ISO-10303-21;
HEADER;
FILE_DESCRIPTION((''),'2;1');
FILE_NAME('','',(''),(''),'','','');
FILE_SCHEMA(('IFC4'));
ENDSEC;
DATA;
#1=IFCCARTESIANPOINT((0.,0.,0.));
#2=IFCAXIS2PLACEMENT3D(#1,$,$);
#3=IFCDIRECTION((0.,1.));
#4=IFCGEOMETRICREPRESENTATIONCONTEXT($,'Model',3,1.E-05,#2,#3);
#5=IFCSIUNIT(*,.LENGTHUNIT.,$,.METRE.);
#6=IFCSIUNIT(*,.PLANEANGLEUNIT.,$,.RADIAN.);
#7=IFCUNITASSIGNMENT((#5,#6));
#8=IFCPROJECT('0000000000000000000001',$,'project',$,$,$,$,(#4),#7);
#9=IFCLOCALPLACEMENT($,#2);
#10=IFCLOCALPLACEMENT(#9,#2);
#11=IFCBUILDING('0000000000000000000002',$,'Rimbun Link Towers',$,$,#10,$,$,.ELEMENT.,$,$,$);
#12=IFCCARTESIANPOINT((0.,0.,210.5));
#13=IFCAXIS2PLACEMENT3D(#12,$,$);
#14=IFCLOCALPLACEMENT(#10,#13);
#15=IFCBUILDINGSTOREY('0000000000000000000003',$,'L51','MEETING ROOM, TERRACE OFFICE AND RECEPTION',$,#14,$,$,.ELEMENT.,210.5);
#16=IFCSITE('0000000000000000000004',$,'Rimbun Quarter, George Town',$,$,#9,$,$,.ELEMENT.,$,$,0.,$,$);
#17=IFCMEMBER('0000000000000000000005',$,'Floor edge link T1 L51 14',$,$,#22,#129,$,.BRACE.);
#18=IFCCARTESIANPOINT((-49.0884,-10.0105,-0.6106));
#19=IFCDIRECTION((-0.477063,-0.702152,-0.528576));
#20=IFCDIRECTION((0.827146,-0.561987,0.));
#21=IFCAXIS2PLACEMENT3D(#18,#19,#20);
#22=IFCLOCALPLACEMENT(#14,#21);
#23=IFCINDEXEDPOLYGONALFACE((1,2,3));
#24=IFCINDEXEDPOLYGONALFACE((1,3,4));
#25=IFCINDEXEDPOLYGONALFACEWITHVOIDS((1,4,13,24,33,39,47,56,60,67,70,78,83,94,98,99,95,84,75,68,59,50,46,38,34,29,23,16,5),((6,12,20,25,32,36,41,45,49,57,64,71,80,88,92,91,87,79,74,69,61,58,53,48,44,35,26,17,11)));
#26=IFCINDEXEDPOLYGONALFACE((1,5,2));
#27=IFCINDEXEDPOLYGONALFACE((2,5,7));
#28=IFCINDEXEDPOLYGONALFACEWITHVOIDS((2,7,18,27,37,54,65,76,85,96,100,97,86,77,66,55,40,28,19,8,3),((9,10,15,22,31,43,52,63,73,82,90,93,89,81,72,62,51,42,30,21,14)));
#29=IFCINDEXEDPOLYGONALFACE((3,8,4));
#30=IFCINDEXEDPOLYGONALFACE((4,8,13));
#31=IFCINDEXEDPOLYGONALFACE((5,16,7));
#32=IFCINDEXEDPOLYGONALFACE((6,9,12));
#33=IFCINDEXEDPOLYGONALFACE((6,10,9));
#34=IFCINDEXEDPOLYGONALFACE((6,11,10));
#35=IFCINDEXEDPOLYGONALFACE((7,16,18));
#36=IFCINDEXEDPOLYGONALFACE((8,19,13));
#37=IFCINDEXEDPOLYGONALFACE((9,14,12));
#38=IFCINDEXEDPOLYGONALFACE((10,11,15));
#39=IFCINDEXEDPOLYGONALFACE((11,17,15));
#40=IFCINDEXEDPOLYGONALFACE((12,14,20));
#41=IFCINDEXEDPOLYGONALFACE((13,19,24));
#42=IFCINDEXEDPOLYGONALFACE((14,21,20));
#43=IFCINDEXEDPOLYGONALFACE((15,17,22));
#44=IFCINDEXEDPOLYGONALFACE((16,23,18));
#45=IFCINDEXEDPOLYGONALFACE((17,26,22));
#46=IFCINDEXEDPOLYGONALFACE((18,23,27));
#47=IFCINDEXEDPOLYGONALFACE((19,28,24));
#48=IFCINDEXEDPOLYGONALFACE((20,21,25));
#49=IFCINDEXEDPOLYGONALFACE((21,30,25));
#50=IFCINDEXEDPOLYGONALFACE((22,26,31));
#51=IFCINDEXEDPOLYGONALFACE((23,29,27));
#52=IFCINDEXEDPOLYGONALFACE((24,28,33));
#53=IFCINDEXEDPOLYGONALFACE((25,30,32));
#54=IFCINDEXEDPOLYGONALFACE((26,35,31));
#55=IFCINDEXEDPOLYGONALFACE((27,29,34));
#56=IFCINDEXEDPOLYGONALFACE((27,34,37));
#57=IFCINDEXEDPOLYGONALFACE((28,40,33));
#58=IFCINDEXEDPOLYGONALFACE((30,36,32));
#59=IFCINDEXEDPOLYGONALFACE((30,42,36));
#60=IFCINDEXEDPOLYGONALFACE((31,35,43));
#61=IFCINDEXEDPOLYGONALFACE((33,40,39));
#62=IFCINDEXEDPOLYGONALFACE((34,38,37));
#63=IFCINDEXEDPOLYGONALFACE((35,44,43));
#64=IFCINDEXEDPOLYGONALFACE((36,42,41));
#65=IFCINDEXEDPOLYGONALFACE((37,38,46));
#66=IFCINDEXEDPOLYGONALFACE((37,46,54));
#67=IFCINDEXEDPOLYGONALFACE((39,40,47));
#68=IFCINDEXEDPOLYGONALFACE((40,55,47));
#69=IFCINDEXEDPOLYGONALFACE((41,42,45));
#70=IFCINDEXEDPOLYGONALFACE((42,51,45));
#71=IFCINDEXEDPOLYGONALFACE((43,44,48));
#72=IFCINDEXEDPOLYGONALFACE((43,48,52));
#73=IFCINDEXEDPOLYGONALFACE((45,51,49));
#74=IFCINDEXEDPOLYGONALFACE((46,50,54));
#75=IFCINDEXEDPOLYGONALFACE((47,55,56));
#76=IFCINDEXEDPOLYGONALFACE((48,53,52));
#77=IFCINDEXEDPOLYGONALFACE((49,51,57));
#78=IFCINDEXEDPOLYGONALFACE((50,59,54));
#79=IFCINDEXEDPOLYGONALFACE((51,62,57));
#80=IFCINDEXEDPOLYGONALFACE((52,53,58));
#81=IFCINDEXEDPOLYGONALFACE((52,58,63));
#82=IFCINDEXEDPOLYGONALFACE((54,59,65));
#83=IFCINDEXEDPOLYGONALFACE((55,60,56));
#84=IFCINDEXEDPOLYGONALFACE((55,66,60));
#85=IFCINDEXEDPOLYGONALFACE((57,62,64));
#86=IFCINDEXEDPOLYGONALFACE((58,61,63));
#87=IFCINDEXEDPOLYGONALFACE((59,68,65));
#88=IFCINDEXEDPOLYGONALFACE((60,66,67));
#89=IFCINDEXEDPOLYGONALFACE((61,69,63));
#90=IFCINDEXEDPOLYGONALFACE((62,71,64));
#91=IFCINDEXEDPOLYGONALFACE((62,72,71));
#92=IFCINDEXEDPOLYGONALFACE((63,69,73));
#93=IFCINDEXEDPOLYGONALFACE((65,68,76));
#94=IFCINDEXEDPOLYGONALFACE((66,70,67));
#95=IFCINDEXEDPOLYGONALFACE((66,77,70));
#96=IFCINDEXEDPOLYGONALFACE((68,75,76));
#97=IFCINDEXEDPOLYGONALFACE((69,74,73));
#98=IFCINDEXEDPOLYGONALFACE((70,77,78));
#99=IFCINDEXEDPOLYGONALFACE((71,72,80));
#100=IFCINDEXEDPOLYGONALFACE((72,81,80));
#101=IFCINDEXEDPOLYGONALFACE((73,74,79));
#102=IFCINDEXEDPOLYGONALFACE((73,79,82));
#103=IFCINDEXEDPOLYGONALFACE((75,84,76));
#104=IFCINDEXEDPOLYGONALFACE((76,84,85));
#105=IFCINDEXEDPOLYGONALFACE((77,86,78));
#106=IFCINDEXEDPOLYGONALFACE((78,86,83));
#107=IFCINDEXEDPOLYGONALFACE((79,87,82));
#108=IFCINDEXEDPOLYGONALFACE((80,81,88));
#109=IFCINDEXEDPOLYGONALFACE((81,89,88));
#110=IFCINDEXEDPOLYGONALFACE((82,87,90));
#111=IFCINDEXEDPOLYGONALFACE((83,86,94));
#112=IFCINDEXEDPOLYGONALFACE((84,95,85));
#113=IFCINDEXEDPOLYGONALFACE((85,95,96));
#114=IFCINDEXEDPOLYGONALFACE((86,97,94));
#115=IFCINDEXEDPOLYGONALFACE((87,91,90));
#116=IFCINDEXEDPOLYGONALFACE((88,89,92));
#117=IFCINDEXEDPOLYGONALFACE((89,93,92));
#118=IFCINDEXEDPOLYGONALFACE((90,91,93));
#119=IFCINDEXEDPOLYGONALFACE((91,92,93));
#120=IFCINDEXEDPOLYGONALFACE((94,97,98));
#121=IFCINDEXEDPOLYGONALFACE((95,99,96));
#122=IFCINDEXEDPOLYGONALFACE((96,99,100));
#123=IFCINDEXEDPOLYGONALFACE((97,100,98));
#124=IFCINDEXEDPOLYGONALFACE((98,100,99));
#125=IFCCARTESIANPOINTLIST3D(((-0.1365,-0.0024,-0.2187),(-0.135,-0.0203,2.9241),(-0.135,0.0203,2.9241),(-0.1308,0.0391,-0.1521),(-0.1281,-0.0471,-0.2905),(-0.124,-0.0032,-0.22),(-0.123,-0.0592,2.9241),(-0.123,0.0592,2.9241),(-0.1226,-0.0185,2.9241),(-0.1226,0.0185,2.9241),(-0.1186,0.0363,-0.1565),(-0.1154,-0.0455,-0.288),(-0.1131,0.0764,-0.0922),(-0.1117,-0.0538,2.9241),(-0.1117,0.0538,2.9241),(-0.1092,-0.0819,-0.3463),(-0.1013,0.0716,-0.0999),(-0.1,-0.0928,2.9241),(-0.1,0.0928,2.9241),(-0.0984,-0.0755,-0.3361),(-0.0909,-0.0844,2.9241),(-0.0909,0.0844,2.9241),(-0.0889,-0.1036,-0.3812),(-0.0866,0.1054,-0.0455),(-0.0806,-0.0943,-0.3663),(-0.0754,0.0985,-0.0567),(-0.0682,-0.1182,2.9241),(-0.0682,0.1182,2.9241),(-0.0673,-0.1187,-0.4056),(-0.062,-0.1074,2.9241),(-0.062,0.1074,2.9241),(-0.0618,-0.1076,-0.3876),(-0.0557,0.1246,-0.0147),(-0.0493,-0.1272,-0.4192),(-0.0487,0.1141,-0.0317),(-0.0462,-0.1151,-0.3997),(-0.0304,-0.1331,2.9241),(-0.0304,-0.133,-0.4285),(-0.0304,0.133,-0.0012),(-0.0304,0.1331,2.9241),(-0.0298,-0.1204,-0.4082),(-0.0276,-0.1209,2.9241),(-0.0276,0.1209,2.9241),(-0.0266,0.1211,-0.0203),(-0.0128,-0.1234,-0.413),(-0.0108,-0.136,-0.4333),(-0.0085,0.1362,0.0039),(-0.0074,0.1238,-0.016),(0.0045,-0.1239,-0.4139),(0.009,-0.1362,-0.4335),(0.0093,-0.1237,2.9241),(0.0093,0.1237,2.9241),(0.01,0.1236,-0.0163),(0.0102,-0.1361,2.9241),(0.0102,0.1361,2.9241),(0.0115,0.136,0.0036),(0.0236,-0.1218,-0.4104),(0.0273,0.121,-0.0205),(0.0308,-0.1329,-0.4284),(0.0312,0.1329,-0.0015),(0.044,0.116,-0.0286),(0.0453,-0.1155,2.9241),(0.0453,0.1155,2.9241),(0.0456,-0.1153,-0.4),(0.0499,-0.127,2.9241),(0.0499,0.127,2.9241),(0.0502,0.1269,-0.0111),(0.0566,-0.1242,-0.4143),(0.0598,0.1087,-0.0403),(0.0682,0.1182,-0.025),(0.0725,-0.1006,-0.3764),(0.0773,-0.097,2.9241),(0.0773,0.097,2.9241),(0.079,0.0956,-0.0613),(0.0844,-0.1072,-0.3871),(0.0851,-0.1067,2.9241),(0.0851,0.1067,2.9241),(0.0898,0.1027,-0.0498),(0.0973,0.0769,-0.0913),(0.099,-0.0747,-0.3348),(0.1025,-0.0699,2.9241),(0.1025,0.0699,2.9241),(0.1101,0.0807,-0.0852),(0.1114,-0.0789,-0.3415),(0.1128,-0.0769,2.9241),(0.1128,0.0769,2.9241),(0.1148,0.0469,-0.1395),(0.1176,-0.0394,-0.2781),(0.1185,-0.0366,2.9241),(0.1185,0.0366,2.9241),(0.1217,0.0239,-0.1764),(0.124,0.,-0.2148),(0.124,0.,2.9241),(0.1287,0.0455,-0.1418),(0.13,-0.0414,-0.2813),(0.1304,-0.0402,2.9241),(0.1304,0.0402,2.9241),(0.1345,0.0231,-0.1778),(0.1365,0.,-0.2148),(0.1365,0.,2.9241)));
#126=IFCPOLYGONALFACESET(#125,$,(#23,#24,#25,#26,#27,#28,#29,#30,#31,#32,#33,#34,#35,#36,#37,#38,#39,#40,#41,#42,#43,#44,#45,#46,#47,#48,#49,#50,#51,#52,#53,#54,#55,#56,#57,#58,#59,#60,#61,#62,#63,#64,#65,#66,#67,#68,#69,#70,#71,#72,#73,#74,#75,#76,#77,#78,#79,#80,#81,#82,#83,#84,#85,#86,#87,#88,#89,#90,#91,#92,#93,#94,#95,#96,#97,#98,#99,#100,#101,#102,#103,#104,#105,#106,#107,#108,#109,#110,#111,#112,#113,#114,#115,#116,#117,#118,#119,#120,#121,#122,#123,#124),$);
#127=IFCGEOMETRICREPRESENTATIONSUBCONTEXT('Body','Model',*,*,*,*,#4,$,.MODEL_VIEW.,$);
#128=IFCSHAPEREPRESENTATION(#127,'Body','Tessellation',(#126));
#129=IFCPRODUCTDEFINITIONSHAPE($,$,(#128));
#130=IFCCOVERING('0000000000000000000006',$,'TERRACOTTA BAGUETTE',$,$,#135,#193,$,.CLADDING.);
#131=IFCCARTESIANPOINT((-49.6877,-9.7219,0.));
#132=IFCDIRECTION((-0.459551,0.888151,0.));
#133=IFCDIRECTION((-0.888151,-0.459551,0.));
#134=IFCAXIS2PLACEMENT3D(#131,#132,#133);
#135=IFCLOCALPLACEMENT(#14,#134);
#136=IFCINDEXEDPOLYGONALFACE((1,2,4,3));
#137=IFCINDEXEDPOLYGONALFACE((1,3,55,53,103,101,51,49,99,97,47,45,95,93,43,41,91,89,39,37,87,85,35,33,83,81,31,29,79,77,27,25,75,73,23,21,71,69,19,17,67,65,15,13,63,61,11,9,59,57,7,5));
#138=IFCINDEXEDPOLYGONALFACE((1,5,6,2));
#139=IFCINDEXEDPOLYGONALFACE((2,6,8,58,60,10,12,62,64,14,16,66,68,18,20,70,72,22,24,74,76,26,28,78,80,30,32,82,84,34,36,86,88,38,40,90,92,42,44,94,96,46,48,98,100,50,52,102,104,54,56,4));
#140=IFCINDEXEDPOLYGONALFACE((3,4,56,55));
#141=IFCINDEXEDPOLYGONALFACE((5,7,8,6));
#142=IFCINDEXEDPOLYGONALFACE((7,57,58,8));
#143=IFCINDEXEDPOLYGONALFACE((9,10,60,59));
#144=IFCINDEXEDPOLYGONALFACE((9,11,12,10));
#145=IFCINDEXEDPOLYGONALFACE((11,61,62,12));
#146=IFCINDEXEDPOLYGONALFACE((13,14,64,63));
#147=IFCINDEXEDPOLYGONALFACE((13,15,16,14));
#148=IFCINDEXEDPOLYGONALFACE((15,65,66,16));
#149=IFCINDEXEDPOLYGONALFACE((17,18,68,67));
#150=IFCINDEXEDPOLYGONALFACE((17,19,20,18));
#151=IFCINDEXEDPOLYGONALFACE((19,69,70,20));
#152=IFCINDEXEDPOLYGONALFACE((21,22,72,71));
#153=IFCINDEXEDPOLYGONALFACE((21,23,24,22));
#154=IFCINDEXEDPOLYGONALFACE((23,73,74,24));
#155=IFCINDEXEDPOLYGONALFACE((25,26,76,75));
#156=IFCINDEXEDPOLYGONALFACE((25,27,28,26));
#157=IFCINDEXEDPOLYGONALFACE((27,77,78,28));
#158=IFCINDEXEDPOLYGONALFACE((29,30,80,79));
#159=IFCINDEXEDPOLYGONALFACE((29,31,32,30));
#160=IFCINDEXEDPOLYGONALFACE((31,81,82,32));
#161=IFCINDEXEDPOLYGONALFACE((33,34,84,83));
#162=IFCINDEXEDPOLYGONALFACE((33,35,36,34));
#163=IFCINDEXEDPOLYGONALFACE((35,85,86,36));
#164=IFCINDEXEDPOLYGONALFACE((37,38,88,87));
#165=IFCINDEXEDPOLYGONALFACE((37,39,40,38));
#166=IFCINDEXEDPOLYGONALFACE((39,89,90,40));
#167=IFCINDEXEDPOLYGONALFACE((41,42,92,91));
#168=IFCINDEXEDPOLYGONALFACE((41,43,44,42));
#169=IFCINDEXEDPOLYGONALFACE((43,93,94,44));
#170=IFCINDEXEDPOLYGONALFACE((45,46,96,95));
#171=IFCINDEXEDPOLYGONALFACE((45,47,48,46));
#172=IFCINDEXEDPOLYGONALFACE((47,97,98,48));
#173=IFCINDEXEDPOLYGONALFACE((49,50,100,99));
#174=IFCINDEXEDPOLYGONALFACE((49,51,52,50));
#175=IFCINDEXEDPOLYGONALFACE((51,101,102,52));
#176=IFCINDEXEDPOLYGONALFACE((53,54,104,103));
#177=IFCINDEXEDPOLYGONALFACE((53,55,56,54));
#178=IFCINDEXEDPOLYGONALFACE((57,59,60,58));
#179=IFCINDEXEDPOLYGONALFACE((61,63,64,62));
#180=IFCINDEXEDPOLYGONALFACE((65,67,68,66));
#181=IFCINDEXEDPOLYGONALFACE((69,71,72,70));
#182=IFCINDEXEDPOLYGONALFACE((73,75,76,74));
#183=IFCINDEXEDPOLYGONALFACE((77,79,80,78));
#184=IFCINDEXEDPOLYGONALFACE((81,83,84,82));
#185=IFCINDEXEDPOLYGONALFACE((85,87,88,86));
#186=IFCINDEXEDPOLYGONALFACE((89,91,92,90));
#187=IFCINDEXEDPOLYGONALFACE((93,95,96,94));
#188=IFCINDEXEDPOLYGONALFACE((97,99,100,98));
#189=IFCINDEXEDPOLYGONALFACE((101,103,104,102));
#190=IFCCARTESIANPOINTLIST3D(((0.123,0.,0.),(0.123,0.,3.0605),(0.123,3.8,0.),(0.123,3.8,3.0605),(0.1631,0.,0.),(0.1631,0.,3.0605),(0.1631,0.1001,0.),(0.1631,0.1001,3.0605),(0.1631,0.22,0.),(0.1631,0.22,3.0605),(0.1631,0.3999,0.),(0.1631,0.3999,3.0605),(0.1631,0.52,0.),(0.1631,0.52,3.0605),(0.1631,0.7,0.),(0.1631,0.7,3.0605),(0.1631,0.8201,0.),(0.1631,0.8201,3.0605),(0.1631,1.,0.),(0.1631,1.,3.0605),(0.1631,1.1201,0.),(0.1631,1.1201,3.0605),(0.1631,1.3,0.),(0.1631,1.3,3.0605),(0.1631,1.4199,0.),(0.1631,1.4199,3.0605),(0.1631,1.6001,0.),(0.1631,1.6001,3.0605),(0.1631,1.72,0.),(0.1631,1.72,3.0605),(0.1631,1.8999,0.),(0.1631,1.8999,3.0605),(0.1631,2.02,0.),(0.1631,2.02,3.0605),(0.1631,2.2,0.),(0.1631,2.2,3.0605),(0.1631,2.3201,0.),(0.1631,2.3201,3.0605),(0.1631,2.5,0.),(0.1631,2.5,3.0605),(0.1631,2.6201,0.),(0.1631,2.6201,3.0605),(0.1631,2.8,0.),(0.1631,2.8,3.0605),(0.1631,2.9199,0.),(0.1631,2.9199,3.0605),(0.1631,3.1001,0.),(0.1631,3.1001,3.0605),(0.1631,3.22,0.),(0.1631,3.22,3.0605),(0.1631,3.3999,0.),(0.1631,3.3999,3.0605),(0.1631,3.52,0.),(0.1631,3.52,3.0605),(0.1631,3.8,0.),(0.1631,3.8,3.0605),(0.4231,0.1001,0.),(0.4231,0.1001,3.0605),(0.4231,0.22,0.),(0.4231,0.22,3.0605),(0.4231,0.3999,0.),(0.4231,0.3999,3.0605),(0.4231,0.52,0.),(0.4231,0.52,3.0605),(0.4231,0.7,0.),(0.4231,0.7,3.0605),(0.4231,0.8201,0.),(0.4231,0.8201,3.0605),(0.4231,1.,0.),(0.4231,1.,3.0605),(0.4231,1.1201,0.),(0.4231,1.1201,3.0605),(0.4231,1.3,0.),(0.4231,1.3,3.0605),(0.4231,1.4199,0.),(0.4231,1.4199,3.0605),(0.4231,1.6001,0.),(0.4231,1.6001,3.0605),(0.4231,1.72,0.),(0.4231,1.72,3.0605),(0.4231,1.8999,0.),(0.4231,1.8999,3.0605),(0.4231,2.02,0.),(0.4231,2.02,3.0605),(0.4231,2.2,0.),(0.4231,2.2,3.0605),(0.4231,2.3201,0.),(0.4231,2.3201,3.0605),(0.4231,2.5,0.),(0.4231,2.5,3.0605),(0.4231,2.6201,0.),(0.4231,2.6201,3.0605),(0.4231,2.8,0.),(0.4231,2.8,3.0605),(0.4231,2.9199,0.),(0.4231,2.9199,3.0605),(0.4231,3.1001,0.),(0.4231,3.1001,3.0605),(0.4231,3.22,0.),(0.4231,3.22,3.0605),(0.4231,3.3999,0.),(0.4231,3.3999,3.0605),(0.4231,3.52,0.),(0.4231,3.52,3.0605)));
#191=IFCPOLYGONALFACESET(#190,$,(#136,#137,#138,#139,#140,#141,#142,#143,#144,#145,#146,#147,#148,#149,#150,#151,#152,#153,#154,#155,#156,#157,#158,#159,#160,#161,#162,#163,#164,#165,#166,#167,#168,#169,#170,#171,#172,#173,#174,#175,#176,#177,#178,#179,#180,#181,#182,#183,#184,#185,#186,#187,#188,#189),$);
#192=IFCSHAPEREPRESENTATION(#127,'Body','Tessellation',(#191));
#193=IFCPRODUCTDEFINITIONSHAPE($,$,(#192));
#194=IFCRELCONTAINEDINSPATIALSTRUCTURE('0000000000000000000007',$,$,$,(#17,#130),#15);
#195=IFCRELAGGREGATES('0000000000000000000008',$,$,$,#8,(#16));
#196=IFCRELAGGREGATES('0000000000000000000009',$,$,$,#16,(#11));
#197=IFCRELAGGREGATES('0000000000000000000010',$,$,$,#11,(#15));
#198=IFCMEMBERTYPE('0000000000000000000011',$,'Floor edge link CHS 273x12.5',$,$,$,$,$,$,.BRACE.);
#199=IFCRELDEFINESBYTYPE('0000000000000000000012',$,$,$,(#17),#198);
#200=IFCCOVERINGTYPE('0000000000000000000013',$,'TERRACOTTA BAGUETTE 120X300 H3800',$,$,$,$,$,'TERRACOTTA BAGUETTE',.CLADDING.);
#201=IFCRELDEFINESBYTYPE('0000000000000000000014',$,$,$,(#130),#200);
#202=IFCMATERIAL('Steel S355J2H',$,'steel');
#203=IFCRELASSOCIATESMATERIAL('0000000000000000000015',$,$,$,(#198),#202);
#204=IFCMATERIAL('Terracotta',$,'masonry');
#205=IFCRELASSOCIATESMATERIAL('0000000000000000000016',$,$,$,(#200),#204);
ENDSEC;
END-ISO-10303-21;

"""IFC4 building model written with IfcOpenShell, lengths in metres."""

from ifc_helpers import new_model, si_unit, direction, frame, origin, origin_2d, place, context, subcontext, project, spatial, polyline, hollow_circle, outline, extrude, clip, halfspace, material, material_profile, profile_set, type_object, element, save


model = new_model("IFC4")

# Units and contexts
model_context = context("Model", 3, precision=1e-05, world=origin(), true_north=direction((0.0, 1.0)))
body_context = subcontext(model_context, "Body", "Model", "MODEL_VIEW")
ifc_project = project(units=[si_unit("LENGTHUNIT", "METRE"), si_unit("PLANEANGLEUNIT", "RADIAN")], contexts=[model_context])

# Site, building, storey
site_placement = place(None, origin())
site = spatial("IfcSite", under=ifc_project, at=site_placement, Name="Rimbun Quarter, George Town", CompositionType="ELEMENT", RefElevation=0.0)
building_placement = place(site_placement, origin())
building = spatial("IfcBuilding", under=site, at=building_placement, Name="Rimbun Link Towers", CompositionType="ELEMENT")
storey_placement = place(building_placement, frame((0.0, 0.0, 210.5)))
storey = spatial("IfcBuildingStorey", under=building, at=storey_placement, Name="L51", Description="MEETING ROOM, TERRACE OFFICE AND RECEPTION", CompositionType="ELEMENT", Elevation=210.5)

# Member
ifc_material_1 = material(Name="Steel S355J2H", Category="steel")
ifc_material_profile_1 = material_profile(ifc_material_1, hollow_circle(Radius=0.1365, WallThickness=0.0125, at=origin_2d()), Name="CHS 273x12.5")
ifc_profile_set_1 = profile_set([ifc_material_profile_1], Name="Steel S355J2H")
member_type_1 = type_object("IfcMemberType", Name="Floor edge link CHS 273x12.5", PredefinedType="BRACE", material=ifc_profile_set_1)
member_1_placement = place(storey_placement, frame((-49.0884, -10.0105, -0.6106), z_axis=(-0.477063, -0.702152, -0.528576), x_axis=(0.827146, -0.561987, 0.0)))
element("IfcMember", 1, at=member_1_placement, inside=storey, type_object=member_type_1, Name="Floor edge link T1 L51 14", PredefinedType="BRACE", context=body_context, shape_type="Clipping", body=[
    clip(extrude(hollow_circle(Radius=0.1365, WallThickness=0.0125, at=origin_2d()), frame((0.0, 0.0, -0.4575)), (0.0, 0.0, 1.0), 3.3816), halfspace(frame((0.0, 0.0, -0.2148), z_axis=(0.0, 0.848886, -0.528576)), False)),
])

# Covering
ifc_material_2 = material(Name="Terracotta", Category="masonry")
ifc_material_profile_2 = material_profile(ifc_material_2, outline(polyline([(0.123, 0.0), (0.1631, 0.0), (0.1631, 0.1001), (0.4231, 0.1001), (0.4231, 0.22), (0.1631, 0.22), (0.1631, 0.3999), (0.4231, 0.3999), (0.4231, 0.52), (0.1631, 0.52), (0.1631, 0.7), (0.4231, 0.7), (0.4231, 0.8201), (0.1631, 0.8201), (0.1631, 1.0), (0.4231, 1.0), (0.4231, 1.1201), (0.1631, 1.1201), (0.1631, 1.3), (0.4231, 1.3), (0.4231, 1.4199), (0.1631, 1.4199), (0.1631, 1.6001), (0.4231, 1.6001), (0.4231, 1.72), (0.1631, 1.72), (0.1631, 1.8999), (0.4231, 1.8999), (0.4231, 2.02), (0.1631, 2.02), (0.1631, 2.2), (0.4231, 2.2), (0.4231, 2.3201), (0.1631, 2.3201), (0.1631, 2.5), (0.4231, 2.5), (0.4231, 2.6201), (0.1631, 2.6201), (0.1631, 2.8), (0.4231, 2.8), (0.4231, 2.9199), (0.1631, 2.9199), (0.1631, 3.1001), (0.4231, 3.1001), (0.4231, 3.22), (0.1631, 3.22), (0.1631, 3.3999), (0.4231, 3.3999), (0.4231, 3.52), (0.1631, 3.52), (0.1631, 3.8), (0.123, 3.8), (0.123, 0.0)])), Name="BAGUETTE 120X300")
ifc_profile_set_2 = profile_set([ifc_material_profile_2], Name="Terracotta")
covering_type = type_object("IfcCoveringType", Name="TERRACOTTA BAGUETTE 120X300 H3800", ElementType="TERRACOTTA BAGUETTE", PredefinedType="CLADDING", material=ifc_profile_set_2)
covering_1_placement = place(storey_placement, frame((-49.6877, -9.7219, 0.0), z_axis=(-0.459551, 0.888151, 0.0), x_axis=(-0.888151, -0.459551, 0.0)))
element("IfcCovering", 2, at=covering_1_placement, inside=storey, type_object=covering_type, Name="TERRACOTTA BAGUETTE", PredefinedType="CLADDING", context=body_context, shape_type="SweptSolid", body=[
    extrude(outline(polyline([(0.123, 0.0), (0.1631, 0.0), (0.1631, 0.1001), (0.4231, 0.1001), (0.4231, 0.22), (0.1631, 0.22), (0.1631, 0.3999), (0.4231, 0.3999), (0.4231, 0.52), (0.1631, 0.52), (0.1631, 0.7), (0.4231, 0.7), (0.4231, 0.8201), (0.1631, 0.8201), (0.1631, 1.0), (0.4231, 1.0), (0.4231, 1.1201), (0.1631, 1.1201), (0.1631, 1.3), (0.4231, 1.3), (0.4231, 1.4199), (0.1631, 1.4199), (0.1631, 1.6001), (0.4231, 1.6001), (0.4231, 1.72), (0.1631, 1.72), (0.1631, 1.8999), (0.4231, 1.8999), (0.4231, 2.02), (0.1631, 2.02), (0.1631, 2.2), (0.4231, 2.2), (0.4231, 2.3201), (0.1631, 2.3201), (0.1631, 2.5), (0.4231, 2.5), (0.4231, 2.6201), (0.1631, 2.6201), (0.1631, 2.8), (0.4231, 2.8), (0.4231, 2.9199), (0.1631, 2.9199), (0.1631, 3.1001), (0.4231, 3.1001), (0.4231, 3.22), (0.1631, 3.22), (0.1631, 3.3999), (0.4231, 3.3999), (0.4231, 3.52), (0.1631, 3.52), (0.1631, 3.8), (0.123, 3.8), (0.123, 0.0)])), origin(), (0.0, 0.0, 1.0), 3.0605),
])

save(model, "model.ifc")
